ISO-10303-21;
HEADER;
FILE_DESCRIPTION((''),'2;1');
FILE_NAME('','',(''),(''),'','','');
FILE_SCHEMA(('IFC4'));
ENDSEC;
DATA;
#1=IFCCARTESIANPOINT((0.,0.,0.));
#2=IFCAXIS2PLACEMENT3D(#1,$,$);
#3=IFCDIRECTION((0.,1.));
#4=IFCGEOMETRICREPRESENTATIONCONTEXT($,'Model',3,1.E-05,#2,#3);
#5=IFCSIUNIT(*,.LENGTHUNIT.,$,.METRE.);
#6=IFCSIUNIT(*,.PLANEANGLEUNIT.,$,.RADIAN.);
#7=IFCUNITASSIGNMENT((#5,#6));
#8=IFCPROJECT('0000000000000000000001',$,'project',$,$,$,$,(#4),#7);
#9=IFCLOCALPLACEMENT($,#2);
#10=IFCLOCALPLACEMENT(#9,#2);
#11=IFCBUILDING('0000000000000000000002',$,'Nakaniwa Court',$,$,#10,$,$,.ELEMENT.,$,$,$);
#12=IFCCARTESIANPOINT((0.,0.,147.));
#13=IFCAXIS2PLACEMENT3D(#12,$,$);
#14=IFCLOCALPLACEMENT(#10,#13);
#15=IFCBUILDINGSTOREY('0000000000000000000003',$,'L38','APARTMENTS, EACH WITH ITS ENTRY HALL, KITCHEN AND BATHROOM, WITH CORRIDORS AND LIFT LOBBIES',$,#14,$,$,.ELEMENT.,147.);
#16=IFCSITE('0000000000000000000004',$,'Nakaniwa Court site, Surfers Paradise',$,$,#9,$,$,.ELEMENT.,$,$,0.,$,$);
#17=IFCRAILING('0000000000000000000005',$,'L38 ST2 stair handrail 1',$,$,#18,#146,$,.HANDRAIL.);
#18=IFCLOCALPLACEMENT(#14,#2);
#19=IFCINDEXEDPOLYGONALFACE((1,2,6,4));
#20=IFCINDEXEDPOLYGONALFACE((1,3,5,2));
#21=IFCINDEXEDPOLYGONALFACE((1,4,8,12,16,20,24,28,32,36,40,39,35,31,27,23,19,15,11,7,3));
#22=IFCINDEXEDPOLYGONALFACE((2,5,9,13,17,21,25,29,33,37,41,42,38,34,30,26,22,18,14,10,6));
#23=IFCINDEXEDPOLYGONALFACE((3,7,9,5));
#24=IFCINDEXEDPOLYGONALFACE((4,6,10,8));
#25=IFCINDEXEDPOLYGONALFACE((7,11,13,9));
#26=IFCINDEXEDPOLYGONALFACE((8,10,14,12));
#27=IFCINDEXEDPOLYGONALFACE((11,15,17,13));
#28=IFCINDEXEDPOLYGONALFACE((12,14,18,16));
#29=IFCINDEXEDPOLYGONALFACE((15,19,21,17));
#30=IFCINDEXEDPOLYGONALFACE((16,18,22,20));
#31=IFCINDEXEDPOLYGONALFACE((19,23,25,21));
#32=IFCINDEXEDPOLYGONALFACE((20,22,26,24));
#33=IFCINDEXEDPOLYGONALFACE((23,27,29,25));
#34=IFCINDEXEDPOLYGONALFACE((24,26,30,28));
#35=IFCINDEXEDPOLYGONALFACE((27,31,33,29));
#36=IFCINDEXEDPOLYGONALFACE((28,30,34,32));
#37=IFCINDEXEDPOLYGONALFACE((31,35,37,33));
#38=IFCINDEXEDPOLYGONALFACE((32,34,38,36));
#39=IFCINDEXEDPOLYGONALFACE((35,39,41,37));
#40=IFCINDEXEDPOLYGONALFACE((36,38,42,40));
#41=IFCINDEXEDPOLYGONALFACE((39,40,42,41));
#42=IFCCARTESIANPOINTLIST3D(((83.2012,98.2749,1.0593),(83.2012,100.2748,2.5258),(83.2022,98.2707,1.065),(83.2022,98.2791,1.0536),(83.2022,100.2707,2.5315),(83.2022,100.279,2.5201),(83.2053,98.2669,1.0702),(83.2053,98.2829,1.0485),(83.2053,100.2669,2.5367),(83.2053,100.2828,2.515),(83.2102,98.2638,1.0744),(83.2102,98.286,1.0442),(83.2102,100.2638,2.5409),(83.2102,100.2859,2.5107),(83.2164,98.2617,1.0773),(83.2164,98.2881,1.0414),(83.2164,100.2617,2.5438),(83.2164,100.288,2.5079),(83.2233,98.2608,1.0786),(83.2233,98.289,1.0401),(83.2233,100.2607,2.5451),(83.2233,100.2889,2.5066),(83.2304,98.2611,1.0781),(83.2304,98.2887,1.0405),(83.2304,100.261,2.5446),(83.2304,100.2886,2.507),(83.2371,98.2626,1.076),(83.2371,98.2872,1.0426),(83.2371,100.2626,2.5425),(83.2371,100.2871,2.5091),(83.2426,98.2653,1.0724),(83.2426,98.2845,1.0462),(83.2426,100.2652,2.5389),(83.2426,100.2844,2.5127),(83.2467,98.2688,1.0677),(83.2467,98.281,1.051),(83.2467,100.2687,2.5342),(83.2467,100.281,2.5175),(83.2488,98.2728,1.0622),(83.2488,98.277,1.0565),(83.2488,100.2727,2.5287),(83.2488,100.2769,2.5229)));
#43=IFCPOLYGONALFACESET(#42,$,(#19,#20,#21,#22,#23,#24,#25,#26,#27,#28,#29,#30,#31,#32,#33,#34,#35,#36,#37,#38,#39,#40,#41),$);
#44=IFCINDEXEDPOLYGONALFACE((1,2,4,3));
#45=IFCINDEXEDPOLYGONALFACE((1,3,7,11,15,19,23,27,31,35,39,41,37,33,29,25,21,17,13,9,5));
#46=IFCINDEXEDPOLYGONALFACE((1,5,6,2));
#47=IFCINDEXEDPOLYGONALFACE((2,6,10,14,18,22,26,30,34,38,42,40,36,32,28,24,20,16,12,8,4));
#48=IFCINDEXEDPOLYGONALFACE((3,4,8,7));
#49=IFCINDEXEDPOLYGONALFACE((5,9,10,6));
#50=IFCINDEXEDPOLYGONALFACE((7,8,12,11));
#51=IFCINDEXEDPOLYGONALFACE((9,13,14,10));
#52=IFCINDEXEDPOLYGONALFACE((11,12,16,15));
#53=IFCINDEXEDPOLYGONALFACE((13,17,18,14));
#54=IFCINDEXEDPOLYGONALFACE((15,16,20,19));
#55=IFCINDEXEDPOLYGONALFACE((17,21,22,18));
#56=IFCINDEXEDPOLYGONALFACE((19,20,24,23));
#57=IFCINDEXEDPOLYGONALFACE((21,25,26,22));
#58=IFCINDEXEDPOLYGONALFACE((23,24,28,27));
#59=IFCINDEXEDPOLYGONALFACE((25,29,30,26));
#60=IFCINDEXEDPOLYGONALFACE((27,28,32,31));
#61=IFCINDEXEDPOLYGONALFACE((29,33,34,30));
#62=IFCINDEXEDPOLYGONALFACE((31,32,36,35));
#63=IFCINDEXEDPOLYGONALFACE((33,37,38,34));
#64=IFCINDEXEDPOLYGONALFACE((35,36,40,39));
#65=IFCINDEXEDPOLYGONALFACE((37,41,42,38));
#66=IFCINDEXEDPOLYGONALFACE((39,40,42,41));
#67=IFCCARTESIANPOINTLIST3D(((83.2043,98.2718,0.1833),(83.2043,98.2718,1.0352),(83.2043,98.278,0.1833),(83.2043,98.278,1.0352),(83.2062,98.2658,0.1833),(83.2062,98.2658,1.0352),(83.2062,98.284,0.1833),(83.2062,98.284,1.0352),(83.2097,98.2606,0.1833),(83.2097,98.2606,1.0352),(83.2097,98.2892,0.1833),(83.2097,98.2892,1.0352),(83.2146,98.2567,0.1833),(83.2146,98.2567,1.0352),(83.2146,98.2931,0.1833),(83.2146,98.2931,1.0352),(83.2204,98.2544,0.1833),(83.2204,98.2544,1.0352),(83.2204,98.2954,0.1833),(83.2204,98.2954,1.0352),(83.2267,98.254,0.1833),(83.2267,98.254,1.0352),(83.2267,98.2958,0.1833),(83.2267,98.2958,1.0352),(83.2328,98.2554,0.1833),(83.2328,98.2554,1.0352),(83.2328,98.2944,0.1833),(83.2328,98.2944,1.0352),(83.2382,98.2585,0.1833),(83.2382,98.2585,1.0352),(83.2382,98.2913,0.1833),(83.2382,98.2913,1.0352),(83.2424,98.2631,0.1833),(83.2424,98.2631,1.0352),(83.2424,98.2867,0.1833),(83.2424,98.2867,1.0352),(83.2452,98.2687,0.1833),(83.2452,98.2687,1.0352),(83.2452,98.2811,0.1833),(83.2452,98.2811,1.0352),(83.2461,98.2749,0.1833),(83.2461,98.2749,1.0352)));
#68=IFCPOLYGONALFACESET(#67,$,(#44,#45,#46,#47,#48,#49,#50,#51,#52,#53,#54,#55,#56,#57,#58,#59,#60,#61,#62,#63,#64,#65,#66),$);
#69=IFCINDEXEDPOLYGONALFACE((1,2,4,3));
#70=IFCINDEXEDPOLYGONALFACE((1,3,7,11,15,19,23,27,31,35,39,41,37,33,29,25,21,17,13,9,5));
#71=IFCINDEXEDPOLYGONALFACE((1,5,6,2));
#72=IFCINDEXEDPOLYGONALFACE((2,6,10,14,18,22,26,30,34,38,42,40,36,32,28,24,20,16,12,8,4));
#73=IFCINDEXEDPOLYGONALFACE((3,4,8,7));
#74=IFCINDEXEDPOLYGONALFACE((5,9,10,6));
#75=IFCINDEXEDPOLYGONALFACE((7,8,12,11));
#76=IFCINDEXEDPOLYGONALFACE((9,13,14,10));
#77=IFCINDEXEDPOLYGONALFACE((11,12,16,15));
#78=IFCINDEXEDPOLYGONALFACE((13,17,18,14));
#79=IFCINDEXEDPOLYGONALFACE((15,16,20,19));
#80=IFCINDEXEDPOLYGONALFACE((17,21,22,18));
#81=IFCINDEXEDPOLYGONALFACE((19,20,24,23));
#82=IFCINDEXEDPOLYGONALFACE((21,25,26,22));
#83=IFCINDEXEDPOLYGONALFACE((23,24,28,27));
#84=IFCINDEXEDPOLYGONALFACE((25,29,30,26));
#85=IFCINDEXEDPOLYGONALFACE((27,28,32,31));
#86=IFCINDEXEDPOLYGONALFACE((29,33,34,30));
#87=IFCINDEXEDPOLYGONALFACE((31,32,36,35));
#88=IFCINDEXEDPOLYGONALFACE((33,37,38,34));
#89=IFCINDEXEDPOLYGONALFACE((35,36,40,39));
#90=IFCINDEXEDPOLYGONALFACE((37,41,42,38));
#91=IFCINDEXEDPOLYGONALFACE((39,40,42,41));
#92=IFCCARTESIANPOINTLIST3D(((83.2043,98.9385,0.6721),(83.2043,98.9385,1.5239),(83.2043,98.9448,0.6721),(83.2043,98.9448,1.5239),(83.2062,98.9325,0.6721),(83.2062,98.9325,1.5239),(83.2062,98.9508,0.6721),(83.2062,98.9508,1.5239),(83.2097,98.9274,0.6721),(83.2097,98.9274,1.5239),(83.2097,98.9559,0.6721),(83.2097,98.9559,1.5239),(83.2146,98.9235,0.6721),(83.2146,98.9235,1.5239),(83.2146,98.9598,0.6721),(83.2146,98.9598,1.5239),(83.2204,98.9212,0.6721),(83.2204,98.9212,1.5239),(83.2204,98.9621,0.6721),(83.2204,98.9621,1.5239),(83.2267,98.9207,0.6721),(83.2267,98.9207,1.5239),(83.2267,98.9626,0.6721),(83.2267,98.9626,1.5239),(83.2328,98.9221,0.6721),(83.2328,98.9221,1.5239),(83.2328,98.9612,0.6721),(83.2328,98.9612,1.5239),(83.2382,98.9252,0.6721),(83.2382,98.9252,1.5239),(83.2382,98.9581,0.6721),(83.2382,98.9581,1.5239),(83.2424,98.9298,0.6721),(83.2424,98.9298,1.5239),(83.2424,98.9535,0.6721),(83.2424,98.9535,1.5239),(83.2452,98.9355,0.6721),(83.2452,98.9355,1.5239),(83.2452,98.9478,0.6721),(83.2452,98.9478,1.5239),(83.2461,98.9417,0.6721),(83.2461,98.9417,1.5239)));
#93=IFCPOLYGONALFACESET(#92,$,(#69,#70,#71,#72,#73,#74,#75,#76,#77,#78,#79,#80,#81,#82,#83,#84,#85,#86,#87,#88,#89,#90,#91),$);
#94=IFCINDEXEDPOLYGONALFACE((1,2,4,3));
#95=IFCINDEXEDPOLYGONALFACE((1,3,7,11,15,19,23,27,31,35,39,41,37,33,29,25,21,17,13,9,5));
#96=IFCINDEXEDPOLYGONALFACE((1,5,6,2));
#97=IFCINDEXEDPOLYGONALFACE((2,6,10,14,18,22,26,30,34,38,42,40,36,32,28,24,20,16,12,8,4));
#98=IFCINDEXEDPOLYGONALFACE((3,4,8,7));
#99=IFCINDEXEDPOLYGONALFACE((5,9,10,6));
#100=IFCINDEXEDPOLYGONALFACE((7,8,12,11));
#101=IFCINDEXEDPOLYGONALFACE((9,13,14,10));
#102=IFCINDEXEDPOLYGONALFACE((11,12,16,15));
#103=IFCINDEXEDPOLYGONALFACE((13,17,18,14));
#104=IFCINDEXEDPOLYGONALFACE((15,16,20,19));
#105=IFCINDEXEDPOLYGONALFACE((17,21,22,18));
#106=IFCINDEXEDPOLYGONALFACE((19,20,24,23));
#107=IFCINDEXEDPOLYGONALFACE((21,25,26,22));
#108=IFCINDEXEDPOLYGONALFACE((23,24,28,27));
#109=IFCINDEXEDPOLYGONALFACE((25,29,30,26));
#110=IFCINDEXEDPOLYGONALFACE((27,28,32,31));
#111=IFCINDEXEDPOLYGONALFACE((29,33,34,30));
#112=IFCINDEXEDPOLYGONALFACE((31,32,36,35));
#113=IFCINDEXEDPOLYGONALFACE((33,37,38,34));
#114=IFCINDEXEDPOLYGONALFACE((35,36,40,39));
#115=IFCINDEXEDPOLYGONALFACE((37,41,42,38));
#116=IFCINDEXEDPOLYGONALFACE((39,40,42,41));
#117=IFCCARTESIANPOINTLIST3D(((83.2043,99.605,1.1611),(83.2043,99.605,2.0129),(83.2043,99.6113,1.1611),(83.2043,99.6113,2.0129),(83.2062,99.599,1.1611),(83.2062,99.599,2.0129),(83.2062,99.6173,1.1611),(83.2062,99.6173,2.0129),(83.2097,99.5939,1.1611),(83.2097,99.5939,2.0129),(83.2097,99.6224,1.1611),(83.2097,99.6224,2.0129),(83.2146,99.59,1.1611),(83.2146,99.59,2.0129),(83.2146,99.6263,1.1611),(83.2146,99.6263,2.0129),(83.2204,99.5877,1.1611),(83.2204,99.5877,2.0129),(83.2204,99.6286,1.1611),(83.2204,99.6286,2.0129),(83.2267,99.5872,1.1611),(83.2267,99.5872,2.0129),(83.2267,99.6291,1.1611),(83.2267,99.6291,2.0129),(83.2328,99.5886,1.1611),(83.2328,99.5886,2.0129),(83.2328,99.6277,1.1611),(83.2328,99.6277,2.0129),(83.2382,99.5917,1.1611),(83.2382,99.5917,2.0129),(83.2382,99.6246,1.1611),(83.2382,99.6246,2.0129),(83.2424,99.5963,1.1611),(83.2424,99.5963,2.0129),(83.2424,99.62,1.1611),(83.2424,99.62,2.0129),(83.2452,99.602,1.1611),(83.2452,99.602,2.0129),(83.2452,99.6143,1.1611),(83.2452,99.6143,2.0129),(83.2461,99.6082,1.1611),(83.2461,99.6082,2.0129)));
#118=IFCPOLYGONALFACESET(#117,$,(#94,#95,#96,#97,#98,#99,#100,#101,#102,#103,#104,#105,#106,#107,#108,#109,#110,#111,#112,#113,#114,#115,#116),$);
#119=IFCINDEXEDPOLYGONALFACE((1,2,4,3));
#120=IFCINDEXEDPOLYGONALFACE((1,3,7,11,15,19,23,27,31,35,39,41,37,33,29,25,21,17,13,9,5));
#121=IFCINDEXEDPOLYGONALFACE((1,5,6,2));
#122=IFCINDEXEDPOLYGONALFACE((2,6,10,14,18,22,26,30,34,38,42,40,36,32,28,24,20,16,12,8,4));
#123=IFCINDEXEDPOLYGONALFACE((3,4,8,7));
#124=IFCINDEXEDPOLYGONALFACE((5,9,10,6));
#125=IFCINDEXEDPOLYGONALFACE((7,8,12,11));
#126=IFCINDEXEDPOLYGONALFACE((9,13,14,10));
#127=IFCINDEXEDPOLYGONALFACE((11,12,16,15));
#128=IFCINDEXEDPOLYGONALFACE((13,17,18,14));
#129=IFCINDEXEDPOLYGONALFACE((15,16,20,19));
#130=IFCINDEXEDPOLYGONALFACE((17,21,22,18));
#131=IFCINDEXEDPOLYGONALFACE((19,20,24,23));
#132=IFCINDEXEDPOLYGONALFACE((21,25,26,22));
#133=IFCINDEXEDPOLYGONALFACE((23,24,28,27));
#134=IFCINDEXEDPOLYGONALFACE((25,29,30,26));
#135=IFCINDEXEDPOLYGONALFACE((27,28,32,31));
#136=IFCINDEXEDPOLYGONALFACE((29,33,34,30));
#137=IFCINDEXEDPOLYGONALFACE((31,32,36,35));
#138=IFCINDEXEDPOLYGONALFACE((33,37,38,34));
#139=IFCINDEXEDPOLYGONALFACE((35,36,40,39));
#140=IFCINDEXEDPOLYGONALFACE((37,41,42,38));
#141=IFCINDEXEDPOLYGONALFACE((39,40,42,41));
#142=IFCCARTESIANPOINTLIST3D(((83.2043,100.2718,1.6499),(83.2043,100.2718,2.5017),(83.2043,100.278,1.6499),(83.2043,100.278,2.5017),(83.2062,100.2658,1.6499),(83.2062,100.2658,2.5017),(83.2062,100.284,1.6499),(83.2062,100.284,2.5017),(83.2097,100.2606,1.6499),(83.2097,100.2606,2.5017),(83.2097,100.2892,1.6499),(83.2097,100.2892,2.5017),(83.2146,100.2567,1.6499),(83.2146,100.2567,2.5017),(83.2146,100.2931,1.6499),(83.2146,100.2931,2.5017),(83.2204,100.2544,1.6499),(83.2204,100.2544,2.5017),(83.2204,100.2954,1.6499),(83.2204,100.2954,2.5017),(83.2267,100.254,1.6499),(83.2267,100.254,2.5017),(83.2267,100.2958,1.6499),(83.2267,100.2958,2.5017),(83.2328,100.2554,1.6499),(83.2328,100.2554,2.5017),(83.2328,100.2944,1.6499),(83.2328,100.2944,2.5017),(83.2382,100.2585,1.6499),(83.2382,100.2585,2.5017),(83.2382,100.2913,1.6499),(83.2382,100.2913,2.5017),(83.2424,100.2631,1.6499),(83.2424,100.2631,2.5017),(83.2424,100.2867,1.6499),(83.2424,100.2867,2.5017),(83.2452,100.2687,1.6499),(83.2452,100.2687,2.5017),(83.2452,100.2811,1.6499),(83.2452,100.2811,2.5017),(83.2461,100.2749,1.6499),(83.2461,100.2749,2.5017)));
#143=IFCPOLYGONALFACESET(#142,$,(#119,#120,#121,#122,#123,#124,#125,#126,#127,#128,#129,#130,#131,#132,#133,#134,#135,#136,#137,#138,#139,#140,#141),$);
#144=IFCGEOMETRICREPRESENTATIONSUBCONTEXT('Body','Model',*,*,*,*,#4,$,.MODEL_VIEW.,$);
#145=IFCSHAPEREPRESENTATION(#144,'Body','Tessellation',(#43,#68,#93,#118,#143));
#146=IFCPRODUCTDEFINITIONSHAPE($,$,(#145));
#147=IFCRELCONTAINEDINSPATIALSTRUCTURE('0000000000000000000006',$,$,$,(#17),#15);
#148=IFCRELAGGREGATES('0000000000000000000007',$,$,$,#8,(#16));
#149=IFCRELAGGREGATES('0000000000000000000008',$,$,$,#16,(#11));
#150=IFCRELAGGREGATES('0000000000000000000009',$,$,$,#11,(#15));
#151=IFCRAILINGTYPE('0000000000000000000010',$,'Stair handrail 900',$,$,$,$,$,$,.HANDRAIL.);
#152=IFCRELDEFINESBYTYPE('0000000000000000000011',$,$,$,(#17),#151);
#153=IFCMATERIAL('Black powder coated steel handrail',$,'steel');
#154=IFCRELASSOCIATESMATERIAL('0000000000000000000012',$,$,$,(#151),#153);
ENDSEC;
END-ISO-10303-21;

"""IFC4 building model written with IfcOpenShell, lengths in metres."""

from ifc_helpers import new_model, si_unit, direction, frame, origin, origin_2d, place, context, subcontext, project, spatial, circle, extrude, material, type_object, element, save


model = new_model("IFC4")

# Units and contexts
model_context = context("Model", 3, precision=1e-05, world=origin(), true_north=direction((0.0, 1.0)))
body_context = subcontext(model_context, "Body", "Model", "MODEL_VIEW")
ifc_project = project(units=[si_unit("LENGTHUNIT", "METRE"), si_unit("PLANEANGLEUNIT", "RADIAN")], contexts=[model_context])

# Site, building, storey
site_placement = place(None, origin())
site = spatial("IfcSite", under=ifc_project, at=site_placement, Name="Nakaniwa Court site, Surfers Paradise", CompositionType="ELEMENT", RefElevation=0.0)
building_placement = place(site_placement, origin())
building = spatial("IfcBuilding", under=site, at=building_placement, Name="Nakaniwa Court", CompositionType="ELEMENT")
storey_placement = place(building_placement, frame((0.0, 0.0, 147.0)))
storey = spatial("IfcBuildingStorey", under=building, at=storey_placement, Name="L38", Description="APARTMENTS, EACH WITH ITS ENTRY HALL, KITCHEN AND BATHROOM, WITH CORRIDORS AND LIFT LOBBIES", CompositionType="ELEMENT", Elevation=147.0)

# Railing
ifc_material_1 = material(Name="Black powder coated steel handrail", Category="steel")
railing_type_1 = type_object("IfcRailingType", Name="Stair handrail 900", PredefinedType="HANDRAIL", material=ifc_material_1)
railing_1_placement = place(storey_placement, frame((83.2251, 98.2749, 0.1833)))
element("IfcRailing", 1, at=railing_1_placement, inside=storey, type_object=railing_type_1, Name="L38 ST2 stair handrail 1", PredefinedType="HANDRAIL", context=body_context, shape_type="SweptSolid", body=[
    extrude(circle(Radius=0.0239, at=origin_2d()), frame((0.0, 0.0, 0.876), z_axis=(0.0, 0.806427, 0.591334), x_axis=(-1.0, 0.0, 0.0)), (0.0, 0.0, 1.0), 2.48),
    extrude(circle(Radius=0.021, at=origin_2d()), origin(), (0.0, 0.0, 1.0), 0.8518),
    extrude(circle(Radius=0.021, at=origin_2d()), frame((0.0, 0.6667, 0.4888)), (0.0, 0.0, 1.0), 0.8518),
    extrude(circle(Radius=0.021, at=origin_2d()), frame((0.0, 1.3333, 0.9778)), (0.0, 0.0, 1.0), 0.8518),
    extrude(circle(Radius=0.021, at=origin_2d()), frame((0.0, 2.0, 1.4666)), (0.0, 0.0, 1.0), 0.8518),
])

save(model, "model.ifc")
